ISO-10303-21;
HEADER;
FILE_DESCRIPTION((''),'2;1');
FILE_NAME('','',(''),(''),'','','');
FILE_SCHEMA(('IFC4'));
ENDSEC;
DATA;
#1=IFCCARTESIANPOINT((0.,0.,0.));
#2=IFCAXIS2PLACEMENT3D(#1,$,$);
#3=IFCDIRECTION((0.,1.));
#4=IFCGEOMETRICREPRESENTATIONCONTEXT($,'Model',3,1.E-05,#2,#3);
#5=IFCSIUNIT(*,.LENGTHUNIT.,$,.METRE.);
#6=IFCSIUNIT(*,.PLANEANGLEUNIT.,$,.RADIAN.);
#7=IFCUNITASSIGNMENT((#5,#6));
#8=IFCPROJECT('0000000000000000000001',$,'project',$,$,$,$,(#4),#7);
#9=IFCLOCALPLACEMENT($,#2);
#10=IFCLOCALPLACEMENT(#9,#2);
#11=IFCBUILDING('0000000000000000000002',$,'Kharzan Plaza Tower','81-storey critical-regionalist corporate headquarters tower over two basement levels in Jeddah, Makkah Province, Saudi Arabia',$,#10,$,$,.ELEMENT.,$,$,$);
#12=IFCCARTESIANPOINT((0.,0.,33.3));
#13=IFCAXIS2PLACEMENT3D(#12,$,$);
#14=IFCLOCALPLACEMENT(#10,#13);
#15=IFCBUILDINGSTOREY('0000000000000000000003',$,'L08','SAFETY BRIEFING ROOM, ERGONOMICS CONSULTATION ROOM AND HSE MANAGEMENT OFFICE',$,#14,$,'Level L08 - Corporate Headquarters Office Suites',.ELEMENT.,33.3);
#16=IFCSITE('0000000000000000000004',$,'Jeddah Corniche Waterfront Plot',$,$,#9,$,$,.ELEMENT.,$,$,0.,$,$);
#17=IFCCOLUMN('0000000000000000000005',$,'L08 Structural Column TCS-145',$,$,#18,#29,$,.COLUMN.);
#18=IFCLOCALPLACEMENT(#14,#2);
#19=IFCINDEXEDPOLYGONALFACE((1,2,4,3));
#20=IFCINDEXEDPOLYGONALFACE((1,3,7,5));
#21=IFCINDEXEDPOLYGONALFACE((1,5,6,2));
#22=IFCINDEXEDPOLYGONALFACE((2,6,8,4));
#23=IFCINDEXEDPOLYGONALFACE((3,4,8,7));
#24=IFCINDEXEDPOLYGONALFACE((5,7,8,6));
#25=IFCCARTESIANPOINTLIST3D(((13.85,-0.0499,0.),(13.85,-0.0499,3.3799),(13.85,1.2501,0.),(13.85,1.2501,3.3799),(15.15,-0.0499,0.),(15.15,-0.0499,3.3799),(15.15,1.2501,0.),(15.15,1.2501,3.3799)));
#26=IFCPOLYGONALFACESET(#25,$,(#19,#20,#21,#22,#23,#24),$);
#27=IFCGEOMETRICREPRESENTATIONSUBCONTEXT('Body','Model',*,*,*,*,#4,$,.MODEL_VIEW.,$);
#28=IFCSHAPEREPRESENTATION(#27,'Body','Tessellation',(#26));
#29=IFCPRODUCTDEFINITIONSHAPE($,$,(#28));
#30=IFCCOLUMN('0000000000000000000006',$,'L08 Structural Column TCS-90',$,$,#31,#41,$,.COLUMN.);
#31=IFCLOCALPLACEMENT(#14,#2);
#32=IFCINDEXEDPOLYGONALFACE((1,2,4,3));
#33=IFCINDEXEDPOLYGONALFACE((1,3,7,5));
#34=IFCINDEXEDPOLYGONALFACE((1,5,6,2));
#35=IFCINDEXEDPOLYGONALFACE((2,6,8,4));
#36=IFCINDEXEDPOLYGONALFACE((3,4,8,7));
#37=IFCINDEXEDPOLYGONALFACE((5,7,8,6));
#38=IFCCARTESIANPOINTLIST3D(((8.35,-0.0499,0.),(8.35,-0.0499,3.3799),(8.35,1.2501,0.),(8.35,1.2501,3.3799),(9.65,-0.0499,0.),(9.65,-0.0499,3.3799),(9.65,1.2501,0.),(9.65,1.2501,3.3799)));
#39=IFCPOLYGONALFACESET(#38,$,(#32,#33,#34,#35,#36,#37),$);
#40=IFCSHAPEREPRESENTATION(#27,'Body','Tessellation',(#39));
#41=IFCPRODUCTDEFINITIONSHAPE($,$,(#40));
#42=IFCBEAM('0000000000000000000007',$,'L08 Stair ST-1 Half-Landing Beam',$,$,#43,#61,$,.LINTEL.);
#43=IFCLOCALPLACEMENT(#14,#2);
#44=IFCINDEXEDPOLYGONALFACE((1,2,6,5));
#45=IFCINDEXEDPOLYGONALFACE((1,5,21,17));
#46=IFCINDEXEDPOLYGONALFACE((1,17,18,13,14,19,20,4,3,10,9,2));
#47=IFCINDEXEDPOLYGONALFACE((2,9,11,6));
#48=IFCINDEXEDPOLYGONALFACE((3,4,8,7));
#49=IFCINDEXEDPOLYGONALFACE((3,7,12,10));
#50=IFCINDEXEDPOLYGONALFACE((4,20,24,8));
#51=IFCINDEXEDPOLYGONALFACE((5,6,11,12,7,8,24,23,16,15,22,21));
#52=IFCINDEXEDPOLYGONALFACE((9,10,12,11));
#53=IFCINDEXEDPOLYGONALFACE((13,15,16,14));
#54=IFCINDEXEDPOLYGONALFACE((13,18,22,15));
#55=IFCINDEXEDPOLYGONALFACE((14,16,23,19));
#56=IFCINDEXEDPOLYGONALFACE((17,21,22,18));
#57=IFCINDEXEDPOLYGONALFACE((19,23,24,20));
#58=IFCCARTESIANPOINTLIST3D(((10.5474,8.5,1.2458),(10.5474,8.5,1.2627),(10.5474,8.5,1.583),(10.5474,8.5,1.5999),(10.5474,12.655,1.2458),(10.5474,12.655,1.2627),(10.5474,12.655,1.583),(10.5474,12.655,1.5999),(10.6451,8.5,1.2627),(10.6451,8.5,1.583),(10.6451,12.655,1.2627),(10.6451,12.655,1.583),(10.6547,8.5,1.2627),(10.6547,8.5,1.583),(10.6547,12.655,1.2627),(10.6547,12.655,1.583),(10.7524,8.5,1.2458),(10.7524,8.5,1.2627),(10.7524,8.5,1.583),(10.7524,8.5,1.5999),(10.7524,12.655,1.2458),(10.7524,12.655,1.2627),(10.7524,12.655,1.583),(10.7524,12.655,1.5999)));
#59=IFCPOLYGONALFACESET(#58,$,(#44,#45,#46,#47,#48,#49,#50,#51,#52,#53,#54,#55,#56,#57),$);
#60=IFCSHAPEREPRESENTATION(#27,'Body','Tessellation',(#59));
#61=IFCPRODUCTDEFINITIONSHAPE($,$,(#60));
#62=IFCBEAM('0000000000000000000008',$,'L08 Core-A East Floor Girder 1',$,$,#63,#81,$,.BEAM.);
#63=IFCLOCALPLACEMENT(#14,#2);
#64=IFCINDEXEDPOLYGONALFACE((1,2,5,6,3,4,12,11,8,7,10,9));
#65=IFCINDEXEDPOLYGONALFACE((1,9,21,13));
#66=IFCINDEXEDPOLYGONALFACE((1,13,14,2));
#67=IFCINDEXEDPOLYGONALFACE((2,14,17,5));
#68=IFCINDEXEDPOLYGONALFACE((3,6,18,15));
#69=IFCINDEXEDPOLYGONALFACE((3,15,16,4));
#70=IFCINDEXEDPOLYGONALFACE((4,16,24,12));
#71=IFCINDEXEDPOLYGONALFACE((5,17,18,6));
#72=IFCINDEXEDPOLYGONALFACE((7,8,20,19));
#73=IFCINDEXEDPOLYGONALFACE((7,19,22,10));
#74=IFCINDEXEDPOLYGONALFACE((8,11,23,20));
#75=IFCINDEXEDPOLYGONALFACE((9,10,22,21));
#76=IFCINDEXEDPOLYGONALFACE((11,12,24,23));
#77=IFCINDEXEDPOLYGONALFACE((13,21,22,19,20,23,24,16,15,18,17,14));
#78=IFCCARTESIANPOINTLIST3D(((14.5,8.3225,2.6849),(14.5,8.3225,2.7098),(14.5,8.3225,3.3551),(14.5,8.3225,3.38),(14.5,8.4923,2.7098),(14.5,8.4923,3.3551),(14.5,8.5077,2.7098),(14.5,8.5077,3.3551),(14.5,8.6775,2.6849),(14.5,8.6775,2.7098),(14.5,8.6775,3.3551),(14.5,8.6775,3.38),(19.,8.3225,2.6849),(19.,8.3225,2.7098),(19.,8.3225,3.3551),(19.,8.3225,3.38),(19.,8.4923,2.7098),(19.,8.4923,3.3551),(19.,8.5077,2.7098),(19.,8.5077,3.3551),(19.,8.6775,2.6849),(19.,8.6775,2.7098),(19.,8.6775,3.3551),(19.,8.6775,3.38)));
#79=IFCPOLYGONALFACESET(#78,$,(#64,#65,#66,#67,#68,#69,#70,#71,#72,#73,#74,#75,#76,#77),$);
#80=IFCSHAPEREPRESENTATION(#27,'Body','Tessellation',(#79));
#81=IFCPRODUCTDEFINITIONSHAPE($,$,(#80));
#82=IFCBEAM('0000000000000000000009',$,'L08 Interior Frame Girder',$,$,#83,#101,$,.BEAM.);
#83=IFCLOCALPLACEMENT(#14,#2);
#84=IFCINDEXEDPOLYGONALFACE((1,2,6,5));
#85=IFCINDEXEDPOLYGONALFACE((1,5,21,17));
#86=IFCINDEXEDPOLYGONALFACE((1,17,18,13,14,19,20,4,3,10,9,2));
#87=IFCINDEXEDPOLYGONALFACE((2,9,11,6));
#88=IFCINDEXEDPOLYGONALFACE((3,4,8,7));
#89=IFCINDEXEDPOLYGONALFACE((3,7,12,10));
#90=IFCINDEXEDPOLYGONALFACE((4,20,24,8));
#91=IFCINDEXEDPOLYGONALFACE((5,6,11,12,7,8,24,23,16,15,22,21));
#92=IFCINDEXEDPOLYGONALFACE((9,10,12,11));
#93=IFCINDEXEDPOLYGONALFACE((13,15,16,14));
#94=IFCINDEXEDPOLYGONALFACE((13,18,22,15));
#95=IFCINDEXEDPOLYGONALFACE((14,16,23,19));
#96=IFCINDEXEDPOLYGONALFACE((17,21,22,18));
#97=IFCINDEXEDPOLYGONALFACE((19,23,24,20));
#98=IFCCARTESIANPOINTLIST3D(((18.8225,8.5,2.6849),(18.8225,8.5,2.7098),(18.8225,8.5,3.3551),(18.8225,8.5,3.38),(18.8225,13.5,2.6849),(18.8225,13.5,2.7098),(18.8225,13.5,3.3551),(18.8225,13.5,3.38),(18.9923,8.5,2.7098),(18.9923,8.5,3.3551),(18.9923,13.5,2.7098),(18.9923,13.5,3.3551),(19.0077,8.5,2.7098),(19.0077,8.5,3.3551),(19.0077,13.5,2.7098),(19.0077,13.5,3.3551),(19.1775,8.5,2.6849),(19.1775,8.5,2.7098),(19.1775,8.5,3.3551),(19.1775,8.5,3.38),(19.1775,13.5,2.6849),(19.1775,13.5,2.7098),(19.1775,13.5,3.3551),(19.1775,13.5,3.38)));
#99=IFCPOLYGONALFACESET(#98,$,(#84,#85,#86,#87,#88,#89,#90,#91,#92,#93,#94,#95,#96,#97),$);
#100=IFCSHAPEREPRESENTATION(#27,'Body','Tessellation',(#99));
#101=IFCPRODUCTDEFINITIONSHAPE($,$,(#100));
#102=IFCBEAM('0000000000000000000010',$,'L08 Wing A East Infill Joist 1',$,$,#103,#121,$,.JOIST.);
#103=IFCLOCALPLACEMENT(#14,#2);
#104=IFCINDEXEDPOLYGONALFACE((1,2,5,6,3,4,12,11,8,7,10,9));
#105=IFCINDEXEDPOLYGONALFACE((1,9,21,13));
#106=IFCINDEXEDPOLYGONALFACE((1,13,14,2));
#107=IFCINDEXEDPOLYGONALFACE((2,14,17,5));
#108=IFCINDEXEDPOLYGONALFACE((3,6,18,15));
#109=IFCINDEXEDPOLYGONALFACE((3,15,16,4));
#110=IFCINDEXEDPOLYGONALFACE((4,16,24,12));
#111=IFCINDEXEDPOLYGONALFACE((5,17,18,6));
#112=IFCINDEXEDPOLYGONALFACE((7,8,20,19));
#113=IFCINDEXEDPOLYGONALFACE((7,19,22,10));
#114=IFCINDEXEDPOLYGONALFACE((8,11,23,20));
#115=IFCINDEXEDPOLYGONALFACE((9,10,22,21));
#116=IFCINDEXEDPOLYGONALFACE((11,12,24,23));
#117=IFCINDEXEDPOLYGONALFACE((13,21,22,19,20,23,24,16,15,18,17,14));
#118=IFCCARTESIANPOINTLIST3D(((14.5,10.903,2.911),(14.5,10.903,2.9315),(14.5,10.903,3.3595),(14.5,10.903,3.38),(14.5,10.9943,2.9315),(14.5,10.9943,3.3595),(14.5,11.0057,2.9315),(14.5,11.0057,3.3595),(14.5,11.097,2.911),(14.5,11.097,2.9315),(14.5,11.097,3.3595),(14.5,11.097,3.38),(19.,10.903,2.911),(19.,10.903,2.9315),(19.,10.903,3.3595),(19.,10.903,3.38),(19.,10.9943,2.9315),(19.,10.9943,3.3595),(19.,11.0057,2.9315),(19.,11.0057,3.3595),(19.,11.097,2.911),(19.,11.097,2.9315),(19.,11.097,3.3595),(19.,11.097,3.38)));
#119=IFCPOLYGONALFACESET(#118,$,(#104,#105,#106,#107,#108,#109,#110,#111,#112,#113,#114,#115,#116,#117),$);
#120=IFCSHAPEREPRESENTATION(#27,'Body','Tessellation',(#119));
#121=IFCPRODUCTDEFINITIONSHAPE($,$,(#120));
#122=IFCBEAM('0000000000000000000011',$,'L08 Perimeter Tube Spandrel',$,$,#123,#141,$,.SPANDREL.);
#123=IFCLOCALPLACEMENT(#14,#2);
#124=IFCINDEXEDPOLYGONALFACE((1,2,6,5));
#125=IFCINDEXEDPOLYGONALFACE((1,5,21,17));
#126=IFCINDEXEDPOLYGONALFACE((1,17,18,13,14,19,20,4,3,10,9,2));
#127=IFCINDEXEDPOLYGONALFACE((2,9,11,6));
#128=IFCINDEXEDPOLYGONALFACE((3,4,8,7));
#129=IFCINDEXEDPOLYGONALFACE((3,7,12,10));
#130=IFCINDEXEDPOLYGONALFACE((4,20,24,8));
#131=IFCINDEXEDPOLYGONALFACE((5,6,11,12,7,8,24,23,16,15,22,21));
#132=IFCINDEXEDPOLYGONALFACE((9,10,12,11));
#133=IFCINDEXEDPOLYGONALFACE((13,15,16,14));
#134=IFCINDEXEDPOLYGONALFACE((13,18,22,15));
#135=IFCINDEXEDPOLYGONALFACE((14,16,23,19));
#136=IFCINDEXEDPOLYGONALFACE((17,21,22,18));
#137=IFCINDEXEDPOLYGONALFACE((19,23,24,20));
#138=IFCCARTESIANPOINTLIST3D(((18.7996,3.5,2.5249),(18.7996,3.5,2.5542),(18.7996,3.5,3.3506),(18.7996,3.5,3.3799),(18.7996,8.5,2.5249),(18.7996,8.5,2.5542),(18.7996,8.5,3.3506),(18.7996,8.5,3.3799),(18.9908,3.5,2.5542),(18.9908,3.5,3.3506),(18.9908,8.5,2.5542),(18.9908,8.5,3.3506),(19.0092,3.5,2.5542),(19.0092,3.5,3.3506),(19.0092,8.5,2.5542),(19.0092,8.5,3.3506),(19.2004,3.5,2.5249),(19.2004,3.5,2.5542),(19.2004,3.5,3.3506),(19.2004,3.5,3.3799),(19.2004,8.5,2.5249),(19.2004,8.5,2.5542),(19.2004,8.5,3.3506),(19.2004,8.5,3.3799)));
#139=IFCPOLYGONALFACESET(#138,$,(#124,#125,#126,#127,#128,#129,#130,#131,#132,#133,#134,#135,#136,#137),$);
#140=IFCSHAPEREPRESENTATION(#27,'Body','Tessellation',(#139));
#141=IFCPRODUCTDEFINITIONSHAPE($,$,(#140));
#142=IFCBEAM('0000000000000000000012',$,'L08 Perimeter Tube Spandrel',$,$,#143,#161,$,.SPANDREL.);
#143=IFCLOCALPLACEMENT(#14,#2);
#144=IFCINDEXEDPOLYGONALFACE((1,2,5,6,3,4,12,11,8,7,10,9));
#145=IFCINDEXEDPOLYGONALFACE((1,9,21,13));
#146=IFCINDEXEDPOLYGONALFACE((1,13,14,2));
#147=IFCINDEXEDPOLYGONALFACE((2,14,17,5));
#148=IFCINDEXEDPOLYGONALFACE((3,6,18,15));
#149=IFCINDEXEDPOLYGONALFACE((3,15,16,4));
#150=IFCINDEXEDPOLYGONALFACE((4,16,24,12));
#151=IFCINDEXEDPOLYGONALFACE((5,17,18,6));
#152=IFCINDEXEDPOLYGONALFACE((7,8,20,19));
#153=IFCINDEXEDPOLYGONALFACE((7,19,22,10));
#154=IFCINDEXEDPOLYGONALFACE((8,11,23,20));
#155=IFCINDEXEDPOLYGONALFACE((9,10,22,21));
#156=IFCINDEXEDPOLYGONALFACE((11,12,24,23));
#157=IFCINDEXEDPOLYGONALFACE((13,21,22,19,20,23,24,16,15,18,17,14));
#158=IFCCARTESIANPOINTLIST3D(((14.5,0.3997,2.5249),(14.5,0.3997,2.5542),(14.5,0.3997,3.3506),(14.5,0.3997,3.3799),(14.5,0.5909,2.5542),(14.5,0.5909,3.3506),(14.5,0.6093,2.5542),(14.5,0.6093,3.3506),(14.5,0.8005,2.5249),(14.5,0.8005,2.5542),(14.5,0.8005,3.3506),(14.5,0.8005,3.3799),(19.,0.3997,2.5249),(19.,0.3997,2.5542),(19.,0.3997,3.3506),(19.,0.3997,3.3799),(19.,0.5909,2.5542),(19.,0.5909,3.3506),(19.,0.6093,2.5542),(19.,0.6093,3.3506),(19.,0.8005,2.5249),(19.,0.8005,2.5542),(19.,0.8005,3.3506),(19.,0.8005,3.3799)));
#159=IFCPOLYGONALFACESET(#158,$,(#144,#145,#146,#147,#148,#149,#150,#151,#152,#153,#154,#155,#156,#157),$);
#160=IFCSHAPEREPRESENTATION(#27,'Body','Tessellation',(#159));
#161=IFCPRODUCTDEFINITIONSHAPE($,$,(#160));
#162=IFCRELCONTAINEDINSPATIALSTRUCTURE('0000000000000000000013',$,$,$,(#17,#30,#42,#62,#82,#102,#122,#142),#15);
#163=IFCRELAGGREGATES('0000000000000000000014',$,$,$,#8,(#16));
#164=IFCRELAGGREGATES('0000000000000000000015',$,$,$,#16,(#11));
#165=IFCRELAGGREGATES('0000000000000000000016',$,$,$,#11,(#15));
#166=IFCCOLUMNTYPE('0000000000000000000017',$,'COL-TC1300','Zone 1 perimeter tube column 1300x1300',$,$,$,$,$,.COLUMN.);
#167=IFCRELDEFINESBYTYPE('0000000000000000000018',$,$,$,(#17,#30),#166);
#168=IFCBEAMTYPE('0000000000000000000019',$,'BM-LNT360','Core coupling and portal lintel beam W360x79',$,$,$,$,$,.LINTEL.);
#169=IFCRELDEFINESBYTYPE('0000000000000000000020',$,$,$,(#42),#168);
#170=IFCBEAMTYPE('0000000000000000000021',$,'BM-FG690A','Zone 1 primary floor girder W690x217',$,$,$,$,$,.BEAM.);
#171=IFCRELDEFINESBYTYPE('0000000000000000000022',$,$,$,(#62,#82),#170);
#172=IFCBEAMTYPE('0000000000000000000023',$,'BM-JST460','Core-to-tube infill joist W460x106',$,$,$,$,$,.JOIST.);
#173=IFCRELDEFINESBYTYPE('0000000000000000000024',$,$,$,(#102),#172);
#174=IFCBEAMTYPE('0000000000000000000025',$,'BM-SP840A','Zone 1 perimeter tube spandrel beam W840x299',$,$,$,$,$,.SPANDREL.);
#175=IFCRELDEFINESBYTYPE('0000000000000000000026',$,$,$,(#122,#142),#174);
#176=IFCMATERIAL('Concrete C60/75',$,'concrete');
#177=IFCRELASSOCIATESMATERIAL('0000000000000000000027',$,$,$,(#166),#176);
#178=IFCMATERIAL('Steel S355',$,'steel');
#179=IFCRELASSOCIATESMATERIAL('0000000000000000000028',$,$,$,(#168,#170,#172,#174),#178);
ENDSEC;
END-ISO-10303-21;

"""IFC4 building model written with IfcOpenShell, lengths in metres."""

from ifc_helpers import new_model, si_unit, direction, frame, origin, origin_2d, place, context, subcontext, project, spatial, rectangle, i_section, extrude, source, transform, mapped, material, material_profile, profile_set, type_object, element, save


model = new_model("IFC4")

# Units and contexts
model_context = context("Model", 3, precision=1e-05, world=origin(), true_north=direction((0.0, 1.0)))
body_context = subcontext(model_context, "Body", "Model", "MODEL_VIEW")
ifc_project = project(units=[si_unit("LENGTHUNIT", "METRE"), si_unit("PLANEANGLEUNIT", "RADIAN")], contexts=[model_context])

# Site, building, storey
site_placement = place(None, origin())
site = spatial("IfcSite", under=ifc_project, at=site_placement, Name="Jeddah Corniche Waterfront Plot", CompositionType="ELEMENT", RefElevation=0.0)
building_placement = place(site_placement, origin())
building = spatial("IfcBuilding", under=site, at=building_placement, Name="Kharzan Plaza Tower", Description="81-storey critical-regionalist corporate headquarters tower over two basement levels in Jeddah, Makkah Province, Saudi Arabia", CompositionType="ELEMENT")
storey_placement = place(building_placement, frame((0.0, 0.0, 33.3)))
storey = spatial("IfcBuildingStorey", under=building, at=storey_placement, Name="L08", Description="SAFETY BRIEFING ROOM, ERGONOMICS CONSULTATION ROOM AND HSE MANAGEMENT OFFICE", LongName="Level L08 - Corporate Headquarters Office Suites", CompositionType="ELEMENT", Elevation=33.3)

# Columns
ifc_material_1 = material(Name="Concrete C60/75", Category="concrete")
ifc_material_profile_1 = material_profile(ifc_material_1, rectangle(XDim=1.3, YDim=1.3, at=origin_2d()), Name="RC-TC1300x1300")
ifc_profile_set_1 = profile_set([ifc_material_profile_1], Name="Concrete C60/75")
column_type = type_object("IfcColumnType", Name="COL-TC1300", Description="Zone 1 perimeter tube column 1300x1300", PredefinedType="COLUMN", material=ifc_profile_set_1)
shared_shape_1 = source(origin(), body_context, "Body", "SweptSolid", [
    extrude(rectangle(XDim=1.3, YDim=1.3, at=origin_2d()), origin(), (0.0, 0.0, 1.0), 3.3799),
])
for number, where, z_axis, x_axis, name in (
    (1, (14.5, 0.6001, 0.0), (0.0, 0.0, 1.0), (1.0, 0.0, 0.0), "L08 Structural Column TCS-145"),
    (2, (9.0, 0.6001, 0.0), (0.0, 0.0, 1.0), (1.0, 0.0, 0.0), "L08 Structural Column TCS-90"),
):
    element("IfcColumn", number, at=place(storey_placement, frame(where, z_axis=z_axis, x_axis=x_axis)), inside=storey, type_object=column_type, Name=name, PredefinedType="COLUMN", context=body_context, shape_type="MappedRepresentation", body=[
        mapped(shared_shape_1, transform((0.0, 0.0, 0.0), x_axis=(1.0, 0.0, 0.0), y_axis=(0.0, 1.0, 0.0), z_axis=(0.0, 0.0, 1.0))),
    ])

# Beams
ifc_material_2 = material(Name="Steel S355", Category="steel")
ifc_material_profile_2 = material_profile(ifc_material_2, i_section(OverallWidth=0.2051, OverallDepth=0.354, WebThickness=0.0095, FlangeThickness=0.0168, at=origin_2d()), Name="W360x79")
ifc_profile_set_2 = profile_set([ifc_material_profile_2], Name="Steel S355")
beam_type_1 = type_object("IfcBeamType", Name="BM-LNT360", Description="Core coupling and portal lintel beam W360x79", PredefinedType="LINTEL", material=ifc_profile_set_2)
shared_shape_2 = source(origin(), body_context, "Body", "SweptSolid", [
    extrude(i_section(OverallWidth=0.2051, OverallDepth=0.354, WebThickness=0.0095, FlangeThickness=0.0168, at=origin_2d()), origin(), (0.0, 0.0, 1.0), 4.155),
])
beam_1_placement = place(storey_placement, frame((10.6499, 8.5, 1.4229), z_axis=(0.0, 1.0, 0.0), x_axis=(-1.0, 0.0, 0.0)))
element("IfcBeam", 3, at=beam_1_placement, inside=storey, type_object=beam_type_1, Name="L08 Stair ST-1 Half-Landing Beam", PredefinedType="LINTEL", context=body_context, shape_type="MappedRepresentation", body=[
    mapped(shared_shape_2, transform((0.0, 0.0, 0.0), x_axis=(1.0, 0.0, 0.0), y_axis=(0.0, 1.0, 0.0), z_axis=(0.0, 0.0, 1.0))),
])
ifc_material_profile_3 = material_profile(ifc_material_2, i_section(OverallWidth=0.355, OverallDepth=0.6951, WebThickness=0.0154, FlangeThickness=0.0249, at=origin_2d()), Name="W690x217")
ifc_profile_set_3 = profile_set([ifc_material_profile_3], Name="Steel S355")
beam_type_2 = type_object("IfcBeamType", Name="BM-FG690A", Description="Zone 1 primary floor girder W690x217", PredefinedType="BEAM", material=ifc_profile_set_3)
shared_shape_3 = source(origin(), body_context, "Body", "SweptSolid", [
    extrude(i_section(OverallWidth=0.355, OverallDepth=0.6951, WebThickness=0.0154, FlangeThickness=0.0249, at=origin_2d()), origin(), (0.0, 0.0, 1.0), 4.5),
])
beam_2_placement = place(storey_placement, frame((14.5, 8.5, 3.0325), z_axis=(1.0, 0.0, 0.0), x_axis=(0.0, 1.0, 0.0)))
element("IfcBeam", 4, at=beam_2_placement, inside=storey, type_object=beam_type_2, Name="L08 Core-A East Floor Girder 1", PredefinedType="BEAM", context=body_context, shape_type="MappedRepresentation", body=[
    mapped(shared_shape_3, transform((0.0, 0.0, 0.0), x_axis=(1.0, 0.0, 0.0), y_axis=(0.0, 1.0, 0.0), z_axis=(0.0, 0.0, 1.0))),
])
shared_shape_4 = source(origin(), body_context, "Body", "SweptSolid", [
    extrude(i_section(OverallWidth=0.355, OverallDepth=0.6951, WebThickness=0.0154, FlangeThickness=0.0249, at=origin_2d()), origin(), (0.0, 0.0, 1.0), 5.0),
])
beam_3_placement = place(storey_placement, frame((19.0, 8.5, 3.0325), z_axis=(0.0, 1.0, 0.0), x_axis=(-1.0, 0.0, 0.0)))
element("IfcBeam", 5, at=beam_3_placement, inside=storey, type_object=beam_type_2, Name="L08 Interior Frame Girder", PredefinedType="BEAM", context=body_context, shape_type="MappedRepresentation", body=[
    mapped(shared_shape_4, transform((0.0, 0.0, 0.0), x_axis=(1.0, 0.0, 0.0), y_axis=(0.0, 1.0, 0.0), z_axis=(0.0, 0.0, 1.0))),
])
ifc_material_profile_4 = material_profile(ifc_material_2, i_section(OverallWidth=0.1941, OverallDepth=0.469, WebThickness=0.0115, FlangeThickness=0.0205, at=origin_2d()), Name="W460x106")
ifc_profile_set_4 = profile_set([ifc_material_profile_4], Name="Steel S355")
beam_type_3 = type_object("IfcBeamType", Name="BM-JST460", Description="Core-to-tube infill joist W460x106", PredefinedType="JOIST", material=ifc_profile_set_4)
shared_shape_5 = source(origin(), body_context, "Body", "SweptSolid", [
    extrude(i_section(OverallWidth=0.1941, OverallDepth=0.469, WebThickness=0.0115, FlangeThickness=0.0205, at=origin_2d()), origin(), (0.0, 0.0, 1.0), 4.5),
])
beam_4_placement = place(storey_placement, frame((14.5, 11.0, 3.1455), z_axis=(1.0, 0.0, 0.0), x_axis=(0.0, 1.0, 0.0)))
element("IfcBeam", 6, at=beam_4_placement, inside=storey, type_object=beam_type_3, Name="L08 Wing A East Infill Joist 1", PredefinedType="JOIST", context=body_context, shape_type="MappedRepresentation", body=[
    mapped(shared_shape_5, transform((0.0, 0.0, 0.0), x_axis=(1.0, 0.0, 0.0), y_axis=(0.0, 1.0, 0.0), z_axis=(0.0, 0.0, 1.0))),
])
ifc_material_profile_5 = material_profile(ifc_material_2, i_section(OverallWidth=0.4009, OverallDepth=0.855, WebThickness=0.0183, FlangeThickness=0.0293, at=origin_2d()), Name="W840x299")
ifc_profile_set_5 = profile_set([ifc_material_profile_5], Name="Steel S355")
beam_type_4 = type_object("IfcBeamType", Name="BM-SP840A", Description="Zone 1 perimeter tube spandrel beam W840x299", PredefinedType="SPANDREL", material=ifc_profile_set_5)
shared_shape_6 = source(origin(), body_context, "Body", "SweptSolid", [
    extrude(i_section(OverallWidth=0.4009, OverallDepth=0.855, WebThickness=0.0183, FlangeThickness=0.0293, at=origin_2d()), origin(), (0.0, 0.0, 1.0), 5.0),
])
beam_5_placement = place(storey_placement, frame((19.0, 3.5, 2.9524), z_axis=(0.0, 1.0, 0.0), x_axis=(-1.0, 0.0, 0.0)))
element("IfcBeam", 7, at=beam_5_placement, inside=storey, type_object=beam_type_4, Name="L08 Perimeter Tube Spandrel", PredefinedType="SPANDREL", context=body_context, shape_type="MappedRepresentation", body=[
    mapped(shared_shape_6, transform((0.0, 0.0, 0.0), x_axis=(1.0, 0.0, 0.0), y_axis=(0.0, 1.0, 0.0), z_axis=(0.0, 0.0, 1.0))),
])
shared_shape_7 = source(origin(), body_context, "Body", "SweptSolid", [
    extrude(i_section(OverallWidth=0.4009, OverallDepth=0.855, WebThickness=0.0183, FlangeThickness=0.0293, at=origin_2d()), origin(), (0.0, 0.0, 1.0), 4.5),
])
beam_6_placement = place(storey_placement, frame((14.5, 0.6001, 2.9524), z_axis=(1.0, 0.0, 0.0), x_axis=(0.0, 1.0, 0.0)))
element("IfcBeam", 8, at=beam_6_placement, inside=storey, type_object=beam_type_4, Name="L08 Perimeter Tube Spandrel", PredefinedType="SPANDREL", context=body_context, shape_type="MappedRepresentation", body=[
    mapped(shared_shape_7, transform((0.0, 0.0, 0.0), x_axis=(1.0, 0.0, 0.0), y_axis=(0.0, 1.0, 0.0), z_axis=(0.0, 0.0, 1.0))),
])

save(model, "model.ifc")
